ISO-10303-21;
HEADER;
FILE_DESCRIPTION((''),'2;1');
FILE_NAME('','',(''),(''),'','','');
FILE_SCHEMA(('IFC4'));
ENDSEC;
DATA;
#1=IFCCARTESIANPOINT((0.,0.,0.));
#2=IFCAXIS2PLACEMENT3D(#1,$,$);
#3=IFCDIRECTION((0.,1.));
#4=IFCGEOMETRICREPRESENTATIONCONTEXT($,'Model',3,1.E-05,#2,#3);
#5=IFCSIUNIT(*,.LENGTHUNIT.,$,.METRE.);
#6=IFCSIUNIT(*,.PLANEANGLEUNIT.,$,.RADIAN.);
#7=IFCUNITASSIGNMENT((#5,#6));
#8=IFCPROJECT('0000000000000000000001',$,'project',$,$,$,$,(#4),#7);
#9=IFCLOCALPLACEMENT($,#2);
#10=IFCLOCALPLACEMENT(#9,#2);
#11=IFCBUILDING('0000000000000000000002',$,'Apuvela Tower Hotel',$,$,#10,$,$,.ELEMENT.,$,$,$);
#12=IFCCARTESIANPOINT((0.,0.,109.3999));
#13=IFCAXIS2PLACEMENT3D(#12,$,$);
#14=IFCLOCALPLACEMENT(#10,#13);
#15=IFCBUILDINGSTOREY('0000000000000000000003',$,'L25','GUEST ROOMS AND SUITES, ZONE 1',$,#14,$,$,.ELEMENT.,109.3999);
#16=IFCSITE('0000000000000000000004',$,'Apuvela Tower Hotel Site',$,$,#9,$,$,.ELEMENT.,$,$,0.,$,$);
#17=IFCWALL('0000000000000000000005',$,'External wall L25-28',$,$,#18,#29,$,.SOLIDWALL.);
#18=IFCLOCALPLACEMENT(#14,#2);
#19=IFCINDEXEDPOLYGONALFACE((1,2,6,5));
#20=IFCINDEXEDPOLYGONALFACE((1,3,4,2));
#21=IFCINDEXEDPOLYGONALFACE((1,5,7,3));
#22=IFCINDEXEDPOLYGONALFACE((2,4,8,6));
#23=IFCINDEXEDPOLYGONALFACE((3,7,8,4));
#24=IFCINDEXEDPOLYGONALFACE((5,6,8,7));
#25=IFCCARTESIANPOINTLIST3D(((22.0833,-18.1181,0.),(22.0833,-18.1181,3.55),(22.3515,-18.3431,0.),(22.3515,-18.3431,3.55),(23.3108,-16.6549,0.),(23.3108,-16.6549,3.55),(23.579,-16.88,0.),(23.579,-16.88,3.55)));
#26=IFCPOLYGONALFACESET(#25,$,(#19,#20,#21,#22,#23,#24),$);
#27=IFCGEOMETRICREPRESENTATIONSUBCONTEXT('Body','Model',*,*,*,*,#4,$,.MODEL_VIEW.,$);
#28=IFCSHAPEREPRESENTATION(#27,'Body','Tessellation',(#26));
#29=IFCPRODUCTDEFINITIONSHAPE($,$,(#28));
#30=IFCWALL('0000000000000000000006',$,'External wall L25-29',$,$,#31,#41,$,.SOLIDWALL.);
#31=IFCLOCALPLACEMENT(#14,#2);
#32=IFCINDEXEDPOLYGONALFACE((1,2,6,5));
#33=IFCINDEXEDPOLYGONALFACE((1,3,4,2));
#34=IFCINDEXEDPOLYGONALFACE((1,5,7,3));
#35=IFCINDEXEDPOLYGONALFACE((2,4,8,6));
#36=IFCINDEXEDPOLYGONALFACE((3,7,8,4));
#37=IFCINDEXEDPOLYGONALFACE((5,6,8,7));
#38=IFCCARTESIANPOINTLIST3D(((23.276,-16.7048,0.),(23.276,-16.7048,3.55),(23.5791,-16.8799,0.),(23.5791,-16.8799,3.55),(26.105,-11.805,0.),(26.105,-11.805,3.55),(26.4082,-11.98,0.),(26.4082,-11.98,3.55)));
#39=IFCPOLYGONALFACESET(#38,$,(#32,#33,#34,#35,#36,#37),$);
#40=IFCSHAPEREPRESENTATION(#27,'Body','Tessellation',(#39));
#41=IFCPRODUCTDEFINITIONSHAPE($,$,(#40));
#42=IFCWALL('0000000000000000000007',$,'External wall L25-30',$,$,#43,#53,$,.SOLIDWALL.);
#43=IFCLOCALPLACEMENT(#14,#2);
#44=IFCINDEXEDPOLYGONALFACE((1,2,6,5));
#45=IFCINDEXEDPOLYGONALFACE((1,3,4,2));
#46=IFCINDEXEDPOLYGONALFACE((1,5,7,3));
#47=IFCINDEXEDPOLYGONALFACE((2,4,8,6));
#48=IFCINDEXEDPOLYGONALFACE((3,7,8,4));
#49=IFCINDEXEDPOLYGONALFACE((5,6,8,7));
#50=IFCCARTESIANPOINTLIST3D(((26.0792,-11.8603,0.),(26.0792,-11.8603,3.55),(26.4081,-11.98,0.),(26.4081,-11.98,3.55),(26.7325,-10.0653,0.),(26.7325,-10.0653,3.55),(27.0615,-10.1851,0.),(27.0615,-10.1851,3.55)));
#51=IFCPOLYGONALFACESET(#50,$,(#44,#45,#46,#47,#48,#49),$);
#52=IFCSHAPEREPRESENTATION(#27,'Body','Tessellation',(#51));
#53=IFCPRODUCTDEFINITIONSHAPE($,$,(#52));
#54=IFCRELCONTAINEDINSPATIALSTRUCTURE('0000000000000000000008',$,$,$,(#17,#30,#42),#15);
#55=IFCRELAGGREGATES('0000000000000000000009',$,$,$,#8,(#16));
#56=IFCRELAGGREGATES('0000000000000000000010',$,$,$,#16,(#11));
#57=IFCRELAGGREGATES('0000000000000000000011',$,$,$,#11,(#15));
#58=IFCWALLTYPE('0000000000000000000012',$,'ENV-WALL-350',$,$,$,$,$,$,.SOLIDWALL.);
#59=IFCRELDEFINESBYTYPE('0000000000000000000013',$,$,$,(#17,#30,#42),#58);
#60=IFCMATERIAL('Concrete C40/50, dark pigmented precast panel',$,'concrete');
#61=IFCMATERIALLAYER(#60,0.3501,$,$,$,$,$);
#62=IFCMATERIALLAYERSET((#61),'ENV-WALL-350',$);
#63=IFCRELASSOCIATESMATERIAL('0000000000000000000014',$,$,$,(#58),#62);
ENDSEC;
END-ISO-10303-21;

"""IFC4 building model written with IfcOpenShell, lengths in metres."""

from ifc_helpers import new_model, si_unit, direction, frame, frame_2d, origin, place, context, subcontext, project, spatial, rectangle, extrude, material, layer, layer_set, type_object, element, save


model = new_model("IFC4")

# Units and contexts
model_context = context("Model", 3, precision=1e-05, world=origin(), true_north=direction((0.0, 1.0)))
body_context = subcontext(model_context, "Body", "Model", "MODEL_VIEW")
ifc_project = project(units=[si_unit("LENGTHUNIT", "METRE"), si_unit("PLANEANGLEUNIT", "RADIAN")], contexts=[model_context])

# Site, building, storey
site_placement = place(None, origin())
site = spatial("IfcSite", under=ifc_project, at=site_placement, Name="Apuvela Tower Hotel Site", CompositionType="ELEMENT", RefElevation=0.0)
building_placement = place(site_placement, origin())
building = spatial("IfcBuilding", under=site, at=building_placement, Name="Apuvela Tower Hotel", CompositionType="ELEMENT")
storey_placement = place(building_placement, frame((0.0, 0.0, 109.3999)))
storey = spatial("IfcBuildingStorey", under=building, at=storey_placement, Name="L25", Description="GUEST ROOMS AND SUITES, ZONE 1", CompositionType="ELEMENT", Elevation=109.3999)

# Shared definitions
ifc_material_1 = material(Name="Concrete C40/50, dark pigmented precast panel", Category="concrete")
ifc_layer_1 = layer(ifc_material_1, 0.3501)
ifc_layer_set_1 = layer_set([ifc_layer_1], Name="ENV-WALL-350")
wall_type_1 = type_object("IfcWallType", Name="ENV-WALL-350", PredefinedType="SOLIDWALL", material=ifc_layer_set_1)

# Walls
for number, where, z_axis, x_axis, name in (
    (1, (22.2173, -18.2307, 0.0), (0.0, 0.0, 1.0), (0.642733, 0.76609, 0.0), "External wall L25-28"),
):
    element("IfcWall", number, at=place(storey_placement, frame(where, z_axis=z_axis, x_axis=x_axis)), inside=storey, type_object=wall_type_1, Name=name, PredefinedType="SOLIDWALL", context=body_context, shape_type="SweptSolid", body=[
        extrude(rectangle(XDim=1.9099, YDim=0.3501, at=frame_2d((0.9551, 0.0))), origin(), (0.0, 0.0, 1.0), 3.55),
    ])
wall_1_placement = place(storey_placement, frame((23.4275, -16.7925, 0.0), z_axis=(0.0, 0.0, 1.0), x_axis=(0.500019, 0.866015, 0.0)))
element("IfcWall", 2, at=wall_1_placement, inside=storey, type_object=wall_type_1, Name="External wall L25-29", PredefinedType="SOLIDWALL", context=body_context, shape_type="SweptSolid", body=[
    extrude(rectangle(XDim=5.658, YDim=0.3501, at=frame_2d((2.8291, 0.0))), origin(), (0.0, 0.0, 1.0), 3.55),
])
wall_2_placement = place(storey_placement, frame((26.2437, -11.9202, 0.0), z_axis=(0.0, 0.0, 1.0), x_axis=(0.34203, 0.939689, 0.0)))
element("IfcWall", 3, at=wall_2_placement, inside=storey, type_object=wall_type_1, Name="External wall L25-30", PredefinedType="SOLIDWALL", context=body_context, shape_type="SweptSolid", body=[
    extrude(rectangle(XDim=1.9102, YDim=0.3501, at=frame_2d((0.9551, 0.0))), origin(), (0.0, 0.0, 1.0), 3.55),
])

save(model, "model.ifc")
